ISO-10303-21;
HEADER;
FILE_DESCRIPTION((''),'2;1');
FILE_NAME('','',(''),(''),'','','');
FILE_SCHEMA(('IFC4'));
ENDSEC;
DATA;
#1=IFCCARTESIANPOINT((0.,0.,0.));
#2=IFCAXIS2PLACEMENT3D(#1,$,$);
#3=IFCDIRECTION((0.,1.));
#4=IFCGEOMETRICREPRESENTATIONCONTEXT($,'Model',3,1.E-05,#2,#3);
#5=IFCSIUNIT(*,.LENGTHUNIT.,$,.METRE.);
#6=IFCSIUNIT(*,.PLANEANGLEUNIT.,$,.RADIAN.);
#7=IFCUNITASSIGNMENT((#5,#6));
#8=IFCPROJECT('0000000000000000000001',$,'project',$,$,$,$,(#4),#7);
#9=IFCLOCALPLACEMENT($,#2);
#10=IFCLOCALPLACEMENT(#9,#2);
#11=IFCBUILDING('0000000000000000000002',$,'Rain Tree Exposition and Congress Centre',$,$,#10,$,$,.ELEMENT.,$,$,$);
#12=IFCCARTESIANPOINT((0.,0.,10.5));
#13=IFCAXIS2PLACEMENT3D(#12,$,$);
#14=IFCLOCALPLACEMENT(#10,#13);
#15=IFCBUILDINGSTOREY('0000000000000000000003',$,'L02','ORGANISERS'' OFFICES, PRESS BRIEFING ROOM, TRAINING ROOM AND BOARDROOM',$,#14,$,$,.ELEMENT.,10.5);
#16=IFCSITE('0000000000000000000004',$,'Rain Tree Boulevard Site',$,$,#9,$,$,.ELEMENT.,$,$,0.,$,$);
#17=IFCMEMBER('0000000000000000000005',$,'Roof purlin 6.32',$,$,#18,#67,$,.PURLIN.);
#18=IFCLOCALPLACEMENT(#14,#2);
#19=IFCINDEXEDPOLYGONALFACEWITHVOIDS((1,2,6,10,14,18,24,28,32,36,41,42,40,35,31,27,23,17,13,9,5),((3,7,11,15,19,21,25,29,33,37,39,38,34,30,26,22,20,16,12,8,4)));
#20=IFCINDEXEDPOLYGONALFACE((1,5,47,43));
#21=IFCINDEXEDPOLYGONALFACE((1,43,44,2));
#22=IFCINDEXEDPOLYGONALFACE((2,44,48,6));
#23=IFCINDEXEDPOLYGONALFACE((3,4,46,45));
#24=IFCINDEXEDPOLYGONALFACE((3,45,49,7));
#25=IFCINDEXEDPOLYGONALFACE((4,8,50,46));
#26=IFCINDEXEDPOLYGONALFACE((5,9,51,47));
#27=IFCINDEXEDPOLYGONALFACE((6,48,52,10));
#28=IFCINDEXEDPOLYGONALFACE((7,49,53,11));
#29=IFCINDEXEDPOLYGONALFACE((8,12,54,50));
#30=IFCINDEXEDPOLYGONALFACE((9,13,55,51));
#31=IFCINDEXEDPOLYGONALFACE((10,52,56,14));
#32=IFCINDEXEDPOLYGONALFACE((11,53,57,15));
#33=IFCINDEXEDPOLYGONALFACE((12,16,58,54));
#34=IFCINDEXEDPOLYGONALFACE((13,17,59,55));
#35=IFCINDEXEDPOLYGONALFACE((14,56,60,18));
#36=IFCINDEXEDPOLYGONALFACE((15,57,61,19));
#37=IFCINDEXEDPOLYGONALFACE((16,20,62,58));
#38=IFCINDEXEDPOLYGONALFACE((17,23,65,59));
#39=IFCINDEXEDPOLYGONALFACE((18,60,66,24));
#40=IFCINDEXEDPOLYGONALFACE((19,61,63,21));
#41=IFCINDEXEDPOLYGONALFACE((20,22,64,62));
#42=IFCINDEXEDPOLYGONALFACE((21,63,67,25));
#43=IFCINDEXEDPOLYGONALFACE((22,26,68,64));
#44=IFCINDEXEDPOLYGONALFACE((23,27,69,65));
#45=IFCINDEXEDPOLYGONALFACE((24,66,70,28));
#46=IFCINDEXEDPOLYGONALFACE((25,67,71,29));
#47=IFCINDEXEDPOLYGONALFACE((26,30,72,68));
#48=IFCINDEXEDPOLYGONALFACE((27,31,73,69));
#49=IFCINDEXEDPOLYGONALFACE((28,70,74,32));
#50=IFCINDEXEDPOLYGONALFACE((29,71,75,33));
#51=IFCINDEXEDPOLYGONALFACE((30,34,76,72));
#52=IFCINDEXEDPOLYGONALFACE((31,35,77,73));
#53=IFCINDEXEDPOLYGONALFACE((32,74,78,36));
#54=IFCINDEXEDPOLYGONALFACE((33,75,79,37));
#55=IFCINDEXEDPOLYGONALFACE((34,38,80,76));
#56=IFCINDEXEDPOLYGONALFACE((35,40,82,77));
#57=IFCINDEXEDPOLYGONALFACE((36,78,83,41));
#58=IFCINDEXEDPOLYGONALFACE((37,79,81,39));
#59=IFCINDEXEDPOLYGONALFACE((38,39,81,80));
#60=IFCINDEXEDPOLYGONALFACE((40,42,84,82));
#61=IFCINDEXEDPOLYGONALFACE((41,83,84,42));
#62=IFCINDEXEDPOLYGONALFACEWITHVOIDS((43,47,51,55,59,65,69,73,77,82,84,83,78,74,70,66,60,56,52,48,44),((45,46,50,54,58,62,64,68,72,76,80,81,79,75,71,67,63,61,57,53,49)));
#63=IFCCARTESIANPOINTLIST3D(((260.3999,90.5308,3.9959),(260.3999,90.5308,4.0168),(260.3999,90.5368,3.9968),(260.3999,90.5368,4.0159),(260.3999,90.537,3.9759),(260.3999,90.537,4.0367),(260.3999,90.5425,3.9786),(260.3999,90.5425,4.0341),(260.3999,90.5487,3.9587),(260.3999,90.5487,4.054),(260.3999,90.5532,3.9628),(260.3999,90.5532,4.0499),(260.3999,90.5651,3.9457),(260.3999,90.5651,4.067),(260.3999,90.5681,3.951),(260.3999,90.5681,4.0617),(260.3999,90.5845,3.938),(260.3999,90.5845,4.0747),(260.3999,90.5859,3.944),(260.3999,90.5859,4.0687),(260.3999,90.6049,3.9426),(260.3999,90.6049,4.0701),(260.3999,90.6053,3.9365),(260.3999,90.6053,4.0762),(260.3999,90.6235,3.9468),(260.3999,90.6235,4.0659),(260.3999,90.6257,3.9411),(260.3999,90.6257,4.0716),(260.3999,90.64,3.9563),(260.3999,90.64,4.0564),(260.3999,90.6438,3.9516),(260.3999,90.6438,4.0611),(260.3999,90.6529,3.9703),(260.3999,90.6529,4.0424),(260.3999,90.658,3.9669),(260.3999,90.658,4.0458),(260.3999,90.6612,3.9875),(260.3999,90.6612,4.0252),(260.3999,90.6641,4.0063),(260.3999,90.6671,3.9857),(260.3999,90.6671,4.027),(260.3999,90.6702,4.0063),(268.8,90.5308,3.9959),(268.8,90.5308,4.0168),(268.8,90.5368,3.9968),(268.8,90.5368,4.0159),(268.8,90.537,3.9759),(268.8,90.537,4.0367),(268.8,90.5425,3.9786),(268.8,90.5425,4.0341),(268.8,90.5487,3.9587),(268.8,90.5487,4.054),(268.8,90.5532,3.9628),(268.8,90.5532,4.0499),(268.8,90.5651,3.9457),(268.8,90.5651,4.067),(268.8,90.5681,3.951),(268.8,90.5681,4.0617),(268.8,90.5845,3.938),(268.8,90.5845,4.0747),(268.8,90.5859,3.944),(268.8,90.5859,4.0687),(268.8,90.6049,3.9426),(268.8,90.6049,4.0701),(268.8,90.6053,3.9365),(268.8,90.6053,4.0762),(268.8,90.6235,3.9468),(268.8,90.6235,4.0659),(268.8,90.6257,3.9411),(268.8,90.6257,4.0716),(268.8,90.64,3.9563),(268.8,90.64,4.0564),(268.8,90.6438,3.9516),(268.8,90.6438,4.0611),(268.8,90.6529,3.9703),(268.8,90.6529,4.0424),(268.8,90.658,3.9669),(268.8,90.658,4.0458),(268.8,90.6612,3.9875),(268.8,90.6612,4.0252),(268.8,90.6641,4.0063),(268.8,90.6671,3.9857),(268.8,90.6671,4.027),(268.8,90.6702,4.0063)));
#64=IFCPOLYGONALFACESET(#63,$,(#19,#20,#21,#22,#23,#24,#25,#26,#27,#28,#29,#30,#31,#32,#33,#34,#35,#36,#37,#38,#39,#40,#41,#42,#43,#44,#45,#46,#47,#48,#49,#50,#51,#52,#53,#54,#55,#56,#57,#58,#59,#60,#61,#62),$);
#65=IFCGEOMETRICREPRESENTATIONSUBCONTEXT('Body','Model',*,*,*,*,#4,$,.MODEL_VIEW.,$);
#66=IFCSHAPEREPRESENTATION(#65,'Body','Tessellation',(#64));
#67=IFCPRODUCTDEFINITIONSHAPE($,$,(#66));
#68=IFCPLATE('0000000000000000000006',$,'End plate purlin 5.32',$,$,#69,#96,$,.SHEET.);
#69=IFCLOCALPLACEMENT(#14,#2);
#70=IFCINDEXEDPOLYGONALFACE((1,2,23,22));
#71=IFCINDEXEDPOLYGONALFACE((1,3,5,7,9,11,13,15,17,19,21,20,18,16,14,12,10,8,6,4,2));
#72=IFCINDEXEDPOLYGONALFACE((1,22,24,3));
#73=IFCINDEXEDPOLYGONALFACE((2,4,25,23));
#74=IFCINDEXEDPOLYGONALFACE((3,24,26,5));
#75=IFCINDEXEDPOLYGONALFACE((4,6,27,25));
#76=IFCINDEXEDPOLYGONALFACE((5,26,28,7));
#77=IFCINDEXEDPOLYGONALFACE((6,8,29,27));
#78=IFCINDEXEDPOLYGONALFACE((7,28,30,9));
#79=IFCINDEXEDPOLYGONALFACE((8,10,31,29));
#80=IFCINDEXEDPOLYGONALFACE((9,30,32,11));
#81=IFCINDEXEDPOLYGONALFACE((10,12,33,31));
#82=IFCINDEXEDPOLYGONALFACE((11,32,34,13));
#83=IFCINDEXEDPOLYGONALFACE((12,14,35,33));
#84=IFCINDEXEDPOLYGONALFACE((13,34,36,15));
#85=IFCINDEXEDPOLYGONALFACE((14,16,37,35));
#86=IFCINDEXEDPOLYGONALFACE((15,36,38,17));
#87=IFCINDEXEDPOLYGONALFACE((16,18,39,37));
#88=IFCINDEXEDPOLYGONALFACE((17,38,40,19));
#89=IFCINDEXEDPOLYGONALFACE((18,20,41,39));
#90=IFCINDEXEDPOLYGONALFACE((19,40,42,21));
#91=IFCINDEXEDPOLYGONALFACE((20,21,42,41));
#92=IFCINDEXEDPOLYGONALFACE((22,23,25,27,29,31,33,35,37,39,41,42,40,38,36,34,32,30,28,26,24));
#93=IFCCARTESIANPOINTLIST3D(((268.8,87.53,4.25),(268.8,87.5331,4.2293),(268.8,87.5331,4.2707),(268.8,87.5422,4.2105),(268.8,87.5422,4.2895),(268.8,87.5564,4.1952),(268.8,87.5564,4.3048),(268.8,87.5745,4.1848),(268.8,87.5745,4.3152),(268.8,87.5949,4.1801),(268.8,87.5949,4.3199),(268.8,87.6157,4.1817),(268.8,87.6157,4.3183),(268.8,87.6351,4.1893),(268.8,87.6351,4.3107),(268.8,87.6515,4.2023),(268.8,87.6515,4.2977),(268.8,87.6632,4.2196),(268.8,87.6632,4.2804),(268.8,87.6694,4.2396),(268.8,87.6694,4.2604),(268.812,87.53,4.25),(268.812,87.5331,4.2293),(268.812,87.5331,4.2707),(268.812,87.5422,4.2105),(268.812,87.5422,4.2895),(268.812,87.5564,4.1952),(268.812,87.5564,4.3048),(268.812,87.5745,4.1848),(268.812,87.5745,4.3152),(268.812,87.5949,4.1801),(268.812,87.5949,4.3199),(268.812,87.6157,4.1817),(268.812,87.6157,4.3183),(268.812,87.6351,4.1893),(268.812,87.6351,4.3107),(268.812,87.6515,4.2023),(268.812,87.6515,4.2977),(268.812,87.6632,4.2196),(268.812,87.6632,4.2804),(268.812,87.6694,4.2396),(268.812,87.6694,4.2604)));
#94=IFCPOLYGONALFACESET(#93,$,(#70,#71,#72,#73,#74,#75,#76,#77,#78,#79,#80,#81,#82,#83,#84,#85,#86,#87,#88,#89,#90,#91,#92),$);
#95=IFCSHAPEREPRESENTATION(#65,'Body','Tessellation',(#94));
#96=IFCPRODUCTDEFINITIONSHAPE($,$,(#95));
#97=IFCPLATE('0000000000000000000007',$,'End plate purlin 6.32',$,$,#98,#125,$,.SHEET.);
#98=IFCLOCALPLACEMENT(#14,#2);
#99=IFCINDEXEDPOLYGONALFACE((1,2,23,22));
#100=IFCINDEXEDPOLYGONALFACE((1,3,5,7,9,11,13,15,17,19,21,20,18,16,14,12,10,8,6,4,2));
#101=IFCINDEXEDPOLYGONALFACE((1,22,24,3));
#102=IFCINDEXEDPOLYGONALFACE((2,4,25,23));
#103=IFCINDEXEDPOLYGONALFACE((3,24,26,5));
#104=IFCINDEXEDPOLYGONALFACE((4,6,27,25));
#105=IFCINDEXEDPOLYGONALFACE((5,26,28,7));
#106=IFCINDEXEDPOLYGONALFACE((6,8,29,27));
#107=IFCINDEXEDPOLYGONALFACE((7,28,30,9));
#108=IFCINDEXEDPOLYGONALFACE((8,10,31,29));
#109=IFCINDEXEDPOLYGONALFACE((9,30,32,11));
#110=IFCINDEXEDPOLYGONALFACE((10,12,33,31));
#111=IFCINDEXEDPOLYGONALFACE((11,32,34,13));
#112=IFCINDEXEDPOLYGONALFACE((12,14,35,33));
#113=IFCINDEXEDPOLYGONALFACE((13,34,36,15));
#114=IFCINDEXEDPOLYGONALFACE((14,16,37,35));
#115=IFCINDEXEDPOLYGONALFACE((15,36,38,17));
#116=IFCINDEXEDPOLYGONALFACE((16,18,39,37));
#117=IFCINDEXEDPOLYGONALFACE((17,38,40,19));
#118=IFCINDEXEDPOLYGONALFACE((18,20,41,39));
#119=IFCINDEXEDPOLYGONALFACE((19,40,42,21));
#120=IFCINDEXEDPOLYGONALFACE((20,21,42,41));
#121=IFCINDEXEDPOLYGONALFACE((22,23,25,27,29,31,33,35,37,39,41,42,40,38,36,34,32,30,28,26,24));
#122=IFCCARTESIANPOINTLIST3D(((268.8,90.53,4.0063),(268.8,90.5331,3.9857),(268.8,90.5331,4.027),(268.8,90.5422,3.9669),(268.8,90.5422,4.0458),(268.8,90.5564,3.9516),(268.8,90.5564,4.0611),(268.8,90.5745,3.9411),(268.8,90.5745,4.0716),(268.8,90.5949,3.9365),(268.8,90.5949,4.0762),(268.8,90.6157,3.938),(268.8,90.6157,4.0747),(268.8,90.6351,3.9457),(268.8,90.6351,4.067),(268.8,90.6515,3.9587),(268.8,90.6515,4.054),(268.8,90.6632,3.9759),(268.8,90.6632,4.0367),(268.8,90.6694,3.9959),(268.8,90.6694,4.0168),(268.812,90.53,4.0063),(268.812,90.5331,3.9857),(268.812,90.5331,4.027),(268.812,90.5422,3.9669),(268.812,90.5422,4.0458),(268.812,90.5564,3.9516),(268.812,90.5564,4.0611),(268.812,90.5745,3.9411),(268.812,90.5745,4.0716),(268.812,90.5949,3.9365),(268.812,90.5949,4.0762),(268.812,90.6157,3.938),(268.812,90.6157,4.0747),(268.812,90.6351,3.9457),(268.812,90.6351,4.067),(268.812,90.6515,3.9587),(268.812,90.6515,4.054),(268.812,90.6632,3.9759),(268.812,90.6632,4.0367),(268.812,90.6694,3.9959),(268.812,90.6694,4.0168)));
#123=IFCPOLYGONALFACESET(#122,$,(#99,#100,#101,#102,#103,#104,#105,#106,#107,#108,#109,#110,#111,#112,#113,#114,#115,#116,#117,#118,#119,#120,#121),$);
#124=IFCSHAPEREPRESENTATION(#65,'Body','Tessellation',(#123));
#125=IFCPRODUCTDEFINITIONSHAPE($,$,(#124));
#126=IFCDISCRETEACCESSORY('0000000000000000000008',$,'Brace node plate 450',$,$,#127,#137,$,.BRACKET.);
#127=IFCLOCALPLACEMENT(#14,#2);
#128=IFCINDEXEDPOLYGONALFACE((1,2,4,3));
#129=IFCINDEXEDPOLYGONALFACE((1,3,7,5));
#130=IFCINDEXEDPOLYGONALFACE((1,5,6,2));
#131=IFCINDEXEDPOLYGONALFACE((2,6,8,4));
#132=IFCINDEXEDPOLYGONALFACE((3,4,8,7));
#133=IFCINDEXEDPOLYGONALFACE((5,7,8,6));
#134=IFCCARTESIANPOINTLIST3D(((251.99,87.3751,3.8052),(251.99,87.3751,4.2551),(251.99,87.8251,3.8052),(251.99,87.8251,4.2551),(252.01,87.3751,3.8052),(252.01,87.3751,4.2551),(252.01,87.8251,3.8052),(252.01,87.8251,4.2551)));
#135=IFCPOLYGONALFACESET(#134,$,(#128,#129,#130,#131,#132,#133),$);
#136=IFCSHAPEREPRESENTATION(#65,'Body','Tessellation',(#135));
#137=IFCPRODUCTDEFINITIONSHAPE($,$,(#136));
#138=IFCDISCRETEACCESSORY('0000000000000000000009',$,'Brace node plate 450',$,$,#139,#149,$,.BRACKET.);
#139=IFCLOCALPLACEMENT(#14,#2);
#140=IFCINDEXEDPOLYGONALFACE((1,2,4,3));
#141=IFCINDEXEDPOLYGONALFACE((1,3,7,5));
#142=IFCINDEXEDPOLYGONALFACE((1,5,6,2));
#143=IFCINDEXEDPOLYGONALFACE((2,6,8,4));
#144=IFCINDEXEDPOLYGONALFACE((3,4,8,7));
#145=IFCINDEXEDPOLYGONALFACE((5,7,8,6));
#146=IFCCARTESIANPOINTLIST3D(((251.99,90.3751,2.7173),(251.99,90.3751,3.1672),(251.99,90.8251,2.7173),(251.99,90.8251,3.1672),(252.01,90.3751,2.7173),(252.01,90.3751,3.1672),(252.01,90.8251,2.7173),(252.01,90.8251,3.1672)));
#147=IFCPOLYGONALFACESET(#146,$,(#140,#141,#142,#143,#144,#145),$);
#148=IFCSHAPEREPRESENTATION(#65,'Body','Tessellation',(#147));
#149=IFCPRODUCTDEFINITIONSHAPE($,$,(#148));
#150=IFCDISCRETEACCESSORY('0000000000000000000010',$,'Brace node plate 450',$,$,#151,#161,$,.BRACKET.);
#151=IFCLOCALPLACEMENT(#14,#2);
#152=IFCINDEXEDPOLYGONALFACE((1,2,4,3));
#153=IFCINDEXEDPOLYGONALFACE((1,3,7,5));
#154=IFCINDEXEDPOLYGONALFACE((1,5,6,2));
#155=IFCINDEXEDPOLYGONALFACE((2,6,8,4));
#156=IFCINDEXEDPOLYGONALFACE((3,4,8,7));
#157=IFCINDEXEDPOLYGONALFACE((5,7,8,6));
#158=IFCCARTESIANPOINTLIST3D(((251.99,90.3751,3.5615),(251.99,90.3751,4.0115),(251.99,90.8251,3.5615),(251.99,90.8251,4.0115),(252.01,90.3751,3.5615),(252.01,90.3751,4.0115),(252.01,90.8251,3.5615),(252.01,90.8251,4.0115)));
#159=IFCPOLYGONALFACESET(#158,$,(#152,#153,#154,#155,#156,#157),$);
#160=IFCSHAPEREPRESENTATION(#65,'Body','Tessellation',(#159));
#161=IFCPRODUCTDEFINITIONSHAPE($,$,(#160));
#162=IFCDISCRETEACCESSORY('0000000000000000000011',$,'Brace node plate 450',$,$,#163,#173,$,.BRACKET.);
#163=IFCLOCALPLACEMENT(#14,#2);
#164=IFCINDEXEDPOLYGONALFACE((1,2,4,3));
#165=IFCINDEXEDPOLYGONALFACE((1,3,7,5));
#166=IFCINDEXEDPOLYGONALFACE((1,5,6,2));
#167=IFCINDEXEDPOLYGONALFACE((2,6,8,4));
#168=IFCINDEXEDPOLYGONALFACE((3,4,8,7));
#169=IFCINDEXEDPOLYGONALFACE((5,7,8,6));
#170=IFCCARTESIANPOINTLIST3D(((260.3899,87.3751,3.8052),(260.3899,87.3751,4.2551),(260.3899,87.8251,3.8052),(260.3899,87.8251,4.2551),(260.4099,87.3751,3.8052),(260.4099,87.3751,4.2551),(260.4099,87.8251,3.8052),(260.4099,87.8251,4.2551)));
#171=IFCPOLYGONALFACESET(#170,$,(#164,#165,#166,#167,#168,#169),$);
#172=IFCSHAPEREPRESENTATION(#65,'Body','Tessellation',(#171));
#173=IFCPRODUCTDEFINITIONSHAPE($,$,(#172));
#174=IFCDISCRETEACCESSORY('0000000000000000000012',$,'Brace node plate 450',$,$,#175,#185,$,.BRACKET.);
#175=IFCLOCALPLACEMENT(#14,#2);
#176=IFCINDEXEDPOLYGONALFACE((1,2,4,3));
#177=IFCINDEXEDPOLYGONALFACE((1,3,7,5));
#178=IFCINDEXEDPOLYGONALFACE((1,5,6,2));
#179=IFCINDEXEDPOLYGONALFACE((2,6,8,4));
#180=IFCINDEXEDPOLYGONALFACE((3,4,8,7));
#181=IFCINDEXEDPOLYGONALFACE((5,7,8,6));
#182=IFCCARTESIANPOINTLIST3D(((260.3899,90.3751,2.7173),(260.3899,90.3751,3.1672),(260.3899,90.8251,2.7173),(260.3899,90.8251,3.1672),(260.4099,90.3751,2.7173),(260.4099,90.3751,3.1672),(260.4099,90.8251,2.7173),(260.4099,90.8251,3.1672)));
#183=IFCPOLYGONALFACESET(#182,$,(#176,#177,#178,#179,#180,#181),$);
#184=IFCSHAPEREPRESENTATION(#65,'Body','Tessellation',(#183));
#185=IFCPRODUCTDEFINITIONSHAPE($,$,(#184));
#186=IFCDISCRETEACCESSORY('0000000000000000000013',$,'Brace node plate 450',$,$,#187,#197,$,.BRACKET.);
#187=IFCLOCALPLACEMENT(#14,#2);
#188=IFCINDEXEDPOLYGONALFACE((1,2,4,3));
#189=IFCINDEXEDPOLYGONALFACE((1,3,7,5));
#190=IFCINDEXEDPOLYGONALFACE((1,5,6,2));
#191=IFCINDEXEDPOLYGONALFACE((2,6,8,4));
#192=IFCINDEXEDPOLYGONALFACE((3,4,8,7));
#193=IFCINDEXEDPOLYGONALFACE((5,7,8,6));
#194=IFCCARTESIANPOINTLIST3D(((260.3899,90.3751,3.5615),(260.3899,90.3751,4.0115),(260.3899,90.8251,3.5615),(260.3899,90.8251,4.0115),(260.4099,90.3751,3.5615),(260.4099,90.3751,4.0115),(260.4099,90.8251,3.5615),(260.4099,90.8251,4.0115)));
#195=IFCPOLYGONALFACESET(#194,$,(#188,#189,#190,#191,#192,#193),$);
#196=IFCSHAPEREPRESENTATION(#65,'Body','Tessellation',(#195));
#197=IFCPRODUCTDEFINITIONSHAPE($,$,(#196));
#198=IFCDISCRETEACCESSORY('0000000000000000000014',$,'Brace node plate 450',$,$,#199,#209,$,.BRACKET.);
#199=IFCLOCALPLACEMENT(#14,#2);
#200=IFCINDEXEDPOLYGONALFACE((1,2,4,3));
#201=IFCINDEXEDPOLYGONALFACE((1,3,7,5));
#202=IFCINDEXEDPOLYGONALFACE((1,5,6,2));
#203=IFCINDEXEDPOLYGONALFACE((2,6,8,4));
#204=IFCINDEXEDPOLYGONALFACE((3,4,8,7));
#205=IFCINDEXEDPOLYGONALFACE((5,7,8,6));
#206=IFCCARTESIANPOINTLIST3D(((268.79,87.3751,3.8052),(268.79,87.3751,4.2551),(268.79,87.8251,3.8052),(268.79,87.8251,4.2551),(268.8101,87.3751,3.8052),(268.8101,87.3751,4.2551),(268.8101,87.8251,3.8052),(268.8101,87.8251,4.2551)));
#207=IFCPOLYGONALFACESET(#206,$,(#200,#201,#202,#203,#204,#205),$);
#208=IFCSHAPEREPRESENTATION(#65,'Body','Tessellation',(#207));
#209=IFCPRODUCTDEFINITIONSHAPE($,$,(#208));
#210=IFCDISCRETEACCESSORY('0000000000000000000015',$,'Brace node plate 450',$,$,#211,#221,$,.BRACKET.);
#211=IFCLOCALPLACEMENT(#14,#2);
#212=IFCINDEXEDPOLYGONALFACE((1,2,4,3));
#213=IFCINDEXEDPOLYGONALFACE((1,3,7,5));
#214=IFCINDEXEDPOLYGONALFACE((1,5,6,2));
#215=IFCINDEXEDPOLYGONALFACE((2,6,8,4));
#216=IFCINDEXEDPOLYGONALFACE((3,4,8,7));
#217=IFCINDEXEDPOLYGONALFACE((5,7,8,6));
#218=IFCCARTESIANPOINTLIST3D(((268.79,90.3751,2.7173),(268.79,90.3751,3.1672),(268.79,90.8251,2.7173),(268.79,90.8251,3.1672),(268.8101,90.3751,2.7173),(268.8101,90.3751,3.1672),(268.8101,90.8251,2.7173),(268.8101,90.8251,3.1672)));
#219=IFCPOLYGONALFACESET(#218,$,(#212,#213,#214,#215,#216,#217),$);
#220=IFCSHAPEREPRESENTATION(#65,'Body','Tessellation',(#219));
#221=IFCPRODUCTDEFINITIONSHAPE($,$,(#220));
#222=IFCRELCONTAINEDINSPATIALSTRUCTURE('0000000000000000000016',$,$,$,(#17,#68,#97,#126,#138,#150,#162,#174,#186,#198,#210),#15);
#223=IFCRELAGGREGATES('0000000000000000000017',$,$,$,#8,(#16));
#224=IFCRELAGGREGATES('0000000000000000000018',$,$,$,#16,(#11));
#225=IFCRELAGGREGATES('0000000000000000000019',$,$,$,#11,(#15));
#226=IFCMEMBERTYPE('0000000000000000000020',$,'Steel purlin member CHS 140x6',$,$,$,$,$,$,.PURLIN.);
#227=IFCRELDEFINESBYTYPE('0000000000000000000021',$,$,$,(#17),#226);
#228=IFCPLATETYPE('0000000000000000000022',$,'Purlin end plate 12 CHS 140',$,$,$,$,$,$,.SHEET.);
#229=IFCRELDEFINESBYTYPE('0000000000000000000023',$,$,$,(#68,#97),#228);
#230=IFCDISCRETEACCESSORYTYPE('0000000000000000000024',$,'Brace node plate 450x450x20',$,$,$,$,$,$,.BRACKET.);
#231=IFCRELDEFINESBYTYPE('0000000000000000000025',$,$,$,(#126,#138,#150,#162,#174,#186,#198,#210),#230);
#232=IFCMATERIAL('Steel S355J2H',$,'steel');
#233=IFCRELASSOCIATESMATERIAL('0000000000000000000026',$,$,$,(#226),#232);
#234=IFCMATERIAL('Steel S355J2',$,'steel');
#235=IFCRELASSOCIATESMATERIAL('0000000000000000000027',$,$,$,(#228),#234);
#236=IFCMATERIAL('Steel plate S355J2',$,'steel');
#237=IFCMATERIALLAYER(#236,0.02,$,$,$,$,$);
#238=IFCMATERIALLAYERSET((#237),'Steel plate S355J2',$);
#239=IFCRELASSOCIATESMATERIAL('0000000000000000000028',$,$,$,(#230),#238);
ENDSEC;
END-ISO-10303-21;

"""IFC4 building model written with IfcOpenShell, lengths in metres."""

from ifc_helpers import new_model, si_unit, direction, frame, origin, origin_2d, place, context, subcontext, project, spatial, rectangle, circle, hollow_circle, extrude, material, layer, layer_set, material_profile, profile_set, type_object, element, save


model = new_model("IFC4")

# Units and contexts
model_context = context("Model", 3, precision=1e-05, world=origin(), true_north=direction((0.0, 1.0)))
body_context = subcontext(model_context, "Body", "Model", "MODEL_VIEW")
ifc_project = project(units=[si_unit("LENGTHUNIT", "METRE"), si_unit("PLANEANGLEUNIT", "RADIAN")], contexts=[model_context])

# Site, building, storey
site_placement = place(None, origin())
site = spatial("IfcSite", under=ifc_project, at=site_placement, Name="Rain Tree Boulevard Site", CompositionType="ELEMENT", RefElevation=0.0)
building_placement = place(site_placement, origin())
building = spatial("IfcBuilding", under=site, at=building_placement, Name="Rain Tree Exposition and Congress Centre", CompositionType="ELEMENT")
storey_placement = place(building_placement, frame((0.0, 0.0, 10.5)))
storey = spatial("IfcBuildingStorey", under=building, at=storey_placement, Name="L02", Description="ORGANISERS' OFFICES, PRESS BRIEFING ROOM, TRAINING ROOM AND BOARDROOM", CompositionType="ELEMENT", Elevation=10.5)

# Member
ifc_material_1 = material(Name="Steel S355J2H", Category="steel")
ifc_material_profile_1 = material_profile(ifc_material_1, hollow_circle(Radius=0.0701, WallThickness=0.0061, at=origin_2d()), Name="CHS 140x6")
ifc_profile_set_1 = profile_set([ifc_material_profile_1], Name="Steel S355J2H")
member_type_1 = type_object("IfcMemberType", Name="Steel purlin member CHS 140x6", PredefinedType="PURLIN", material=ifc_profile_set_1)
member_1_placement = place(storey_placement, frame((260.3999, 90.6001, 4.0063), z_axis=(1.0, 0.0, 0.0), x_axis=(0.0, 1.0, 0.0)))
element("IfcMember", 1, at=member_1_placement, inside=storey, type_object=member_type_1, Name="Roof purlin 6.32", PredefinedType="PURLIN", context=body_context, shape_type="SweptSolid", body=[
    extrude(hollow_circle(Radius=0.0701, WallThickness=0.0061, at=origin_2d()), origin(), (0.0, 0.0, 1.0), 8.4001),
])

# Plates
ifc_material_2 = material(Name="Steel S355J2", Category="steel")
ifc_material_profile_2 = material_profile(ifc_material_2, circle(Radius=0.0701, at=origin_2d()), Name="CIRCLE 140")
ifc_profile_set_2 = profile_set([ifc_material_profile_2], Name="Steel S355J2")
plate_type = type_object("IfcPlateType", Name="Purlin end plate 12 CHS 140", PredefinedType="SHEET", material=ifc_profile_set_2)
for number, where, z_axis, x_axis, name in (
    (2, (268.812, 87.6001, 4.25), (-1.0, 0.0, 0.0), (0.0, -1.0, 0.0), "End plate purlin 5.32"),
    (3, (268.812, 90.6001, 4.0063), (-1.0, 0.0, 0.0), (0.0, -1.0, 0.0), "End plate purlin 6.32"),
):
    element("IfcPlate", number, at=place(storey_placement, frame(where, z_axis=z_axis, x_axis=x_axis)), inside=storey, type_object=plate_type, Name=name, PredefinedType="SHEET", context=body_context, shape_type="SweptSolid", body=[
        extrude(circle(Radius=0.0701, at=origin_2d()), origin(), (0.0, 0.0, 1.0), 0.012),
    ])

# Discrete accessories
ifc_material_3 = material(Name="Steel plate S355J2", Category="steel")
ifc_layer = layer(ifc_material_3, 0.02)
ifc_layer_set = layer_set([ifc_layer], Name="Steel plate S355J2")
discrete_accessory_type = type_object("IfcDiscreteAccessoryType", Name="Brace node plate 450x450x20", PredefinedType="BRACKET", material=ifc_layer_set)
for number, where, z_axis, x_axis, name in (
    (4, (252.0, 87.6001, 3.8052), (0.0, 0.0, 1.0), (0.0, 1.0, 0.0), "Brace node plate 450"),
    (5, (252.0, 90.6001, 2.7173), (0.0, 0.0, 1.0), (0.0, -1.0, 0.0), "Brace node plate 450"),
    (6, (252.0, 90.6001, 3.5615), (0.0, 0.0, 1.0), (0.0, 1.0, 0.0), "Brace node plate 450"),
    (7, (260.3999, 87.6001, 3.8052), (0.0, 0.0, 1.0), (0.0, 1.0, 0.0), "Brace node plate 450"),
    (8, (260.3999, 90.6001, 2.7173), (0.0, 0.0, 1.0), (0.0, -1.0, 0.0), "Brace node plate 450"),
    (9, (260.3999, 90.6001, 3.5615), (0.0, 0.0, 1.0), (0.0, 1.0, 0.0), "Brace node plate 450"),
    (10, (268.8, 87.6001, 3.8052), (0.0, 0.0, 1.0), (0.0, 1.0, 0.0), "Brace node plate 450"),
    (11, (268.8, 90.6001, 2.7173), (0.0, 0.0, 1.0), (0.0, -1.0, 0.0), "Brace node plate 450"),
):
    element("IfcDiscreteAccessory", number, at=place(storey_placement, frame(where, z_axis=z_axis, x_axis=x_axis)), inside=storey, type_object=discrete_accessory_type, Name=name, PredefinedType="BRACKET", context=body_context, shape_type="SweptSolid", body=[
        extrude(rectangle(XDim=0.45, YDim=0.02, at=origin_2d()), origin(), (0.0, 0.0, 1.0), 0.45),
    ])

save(model, "model.ifc")
